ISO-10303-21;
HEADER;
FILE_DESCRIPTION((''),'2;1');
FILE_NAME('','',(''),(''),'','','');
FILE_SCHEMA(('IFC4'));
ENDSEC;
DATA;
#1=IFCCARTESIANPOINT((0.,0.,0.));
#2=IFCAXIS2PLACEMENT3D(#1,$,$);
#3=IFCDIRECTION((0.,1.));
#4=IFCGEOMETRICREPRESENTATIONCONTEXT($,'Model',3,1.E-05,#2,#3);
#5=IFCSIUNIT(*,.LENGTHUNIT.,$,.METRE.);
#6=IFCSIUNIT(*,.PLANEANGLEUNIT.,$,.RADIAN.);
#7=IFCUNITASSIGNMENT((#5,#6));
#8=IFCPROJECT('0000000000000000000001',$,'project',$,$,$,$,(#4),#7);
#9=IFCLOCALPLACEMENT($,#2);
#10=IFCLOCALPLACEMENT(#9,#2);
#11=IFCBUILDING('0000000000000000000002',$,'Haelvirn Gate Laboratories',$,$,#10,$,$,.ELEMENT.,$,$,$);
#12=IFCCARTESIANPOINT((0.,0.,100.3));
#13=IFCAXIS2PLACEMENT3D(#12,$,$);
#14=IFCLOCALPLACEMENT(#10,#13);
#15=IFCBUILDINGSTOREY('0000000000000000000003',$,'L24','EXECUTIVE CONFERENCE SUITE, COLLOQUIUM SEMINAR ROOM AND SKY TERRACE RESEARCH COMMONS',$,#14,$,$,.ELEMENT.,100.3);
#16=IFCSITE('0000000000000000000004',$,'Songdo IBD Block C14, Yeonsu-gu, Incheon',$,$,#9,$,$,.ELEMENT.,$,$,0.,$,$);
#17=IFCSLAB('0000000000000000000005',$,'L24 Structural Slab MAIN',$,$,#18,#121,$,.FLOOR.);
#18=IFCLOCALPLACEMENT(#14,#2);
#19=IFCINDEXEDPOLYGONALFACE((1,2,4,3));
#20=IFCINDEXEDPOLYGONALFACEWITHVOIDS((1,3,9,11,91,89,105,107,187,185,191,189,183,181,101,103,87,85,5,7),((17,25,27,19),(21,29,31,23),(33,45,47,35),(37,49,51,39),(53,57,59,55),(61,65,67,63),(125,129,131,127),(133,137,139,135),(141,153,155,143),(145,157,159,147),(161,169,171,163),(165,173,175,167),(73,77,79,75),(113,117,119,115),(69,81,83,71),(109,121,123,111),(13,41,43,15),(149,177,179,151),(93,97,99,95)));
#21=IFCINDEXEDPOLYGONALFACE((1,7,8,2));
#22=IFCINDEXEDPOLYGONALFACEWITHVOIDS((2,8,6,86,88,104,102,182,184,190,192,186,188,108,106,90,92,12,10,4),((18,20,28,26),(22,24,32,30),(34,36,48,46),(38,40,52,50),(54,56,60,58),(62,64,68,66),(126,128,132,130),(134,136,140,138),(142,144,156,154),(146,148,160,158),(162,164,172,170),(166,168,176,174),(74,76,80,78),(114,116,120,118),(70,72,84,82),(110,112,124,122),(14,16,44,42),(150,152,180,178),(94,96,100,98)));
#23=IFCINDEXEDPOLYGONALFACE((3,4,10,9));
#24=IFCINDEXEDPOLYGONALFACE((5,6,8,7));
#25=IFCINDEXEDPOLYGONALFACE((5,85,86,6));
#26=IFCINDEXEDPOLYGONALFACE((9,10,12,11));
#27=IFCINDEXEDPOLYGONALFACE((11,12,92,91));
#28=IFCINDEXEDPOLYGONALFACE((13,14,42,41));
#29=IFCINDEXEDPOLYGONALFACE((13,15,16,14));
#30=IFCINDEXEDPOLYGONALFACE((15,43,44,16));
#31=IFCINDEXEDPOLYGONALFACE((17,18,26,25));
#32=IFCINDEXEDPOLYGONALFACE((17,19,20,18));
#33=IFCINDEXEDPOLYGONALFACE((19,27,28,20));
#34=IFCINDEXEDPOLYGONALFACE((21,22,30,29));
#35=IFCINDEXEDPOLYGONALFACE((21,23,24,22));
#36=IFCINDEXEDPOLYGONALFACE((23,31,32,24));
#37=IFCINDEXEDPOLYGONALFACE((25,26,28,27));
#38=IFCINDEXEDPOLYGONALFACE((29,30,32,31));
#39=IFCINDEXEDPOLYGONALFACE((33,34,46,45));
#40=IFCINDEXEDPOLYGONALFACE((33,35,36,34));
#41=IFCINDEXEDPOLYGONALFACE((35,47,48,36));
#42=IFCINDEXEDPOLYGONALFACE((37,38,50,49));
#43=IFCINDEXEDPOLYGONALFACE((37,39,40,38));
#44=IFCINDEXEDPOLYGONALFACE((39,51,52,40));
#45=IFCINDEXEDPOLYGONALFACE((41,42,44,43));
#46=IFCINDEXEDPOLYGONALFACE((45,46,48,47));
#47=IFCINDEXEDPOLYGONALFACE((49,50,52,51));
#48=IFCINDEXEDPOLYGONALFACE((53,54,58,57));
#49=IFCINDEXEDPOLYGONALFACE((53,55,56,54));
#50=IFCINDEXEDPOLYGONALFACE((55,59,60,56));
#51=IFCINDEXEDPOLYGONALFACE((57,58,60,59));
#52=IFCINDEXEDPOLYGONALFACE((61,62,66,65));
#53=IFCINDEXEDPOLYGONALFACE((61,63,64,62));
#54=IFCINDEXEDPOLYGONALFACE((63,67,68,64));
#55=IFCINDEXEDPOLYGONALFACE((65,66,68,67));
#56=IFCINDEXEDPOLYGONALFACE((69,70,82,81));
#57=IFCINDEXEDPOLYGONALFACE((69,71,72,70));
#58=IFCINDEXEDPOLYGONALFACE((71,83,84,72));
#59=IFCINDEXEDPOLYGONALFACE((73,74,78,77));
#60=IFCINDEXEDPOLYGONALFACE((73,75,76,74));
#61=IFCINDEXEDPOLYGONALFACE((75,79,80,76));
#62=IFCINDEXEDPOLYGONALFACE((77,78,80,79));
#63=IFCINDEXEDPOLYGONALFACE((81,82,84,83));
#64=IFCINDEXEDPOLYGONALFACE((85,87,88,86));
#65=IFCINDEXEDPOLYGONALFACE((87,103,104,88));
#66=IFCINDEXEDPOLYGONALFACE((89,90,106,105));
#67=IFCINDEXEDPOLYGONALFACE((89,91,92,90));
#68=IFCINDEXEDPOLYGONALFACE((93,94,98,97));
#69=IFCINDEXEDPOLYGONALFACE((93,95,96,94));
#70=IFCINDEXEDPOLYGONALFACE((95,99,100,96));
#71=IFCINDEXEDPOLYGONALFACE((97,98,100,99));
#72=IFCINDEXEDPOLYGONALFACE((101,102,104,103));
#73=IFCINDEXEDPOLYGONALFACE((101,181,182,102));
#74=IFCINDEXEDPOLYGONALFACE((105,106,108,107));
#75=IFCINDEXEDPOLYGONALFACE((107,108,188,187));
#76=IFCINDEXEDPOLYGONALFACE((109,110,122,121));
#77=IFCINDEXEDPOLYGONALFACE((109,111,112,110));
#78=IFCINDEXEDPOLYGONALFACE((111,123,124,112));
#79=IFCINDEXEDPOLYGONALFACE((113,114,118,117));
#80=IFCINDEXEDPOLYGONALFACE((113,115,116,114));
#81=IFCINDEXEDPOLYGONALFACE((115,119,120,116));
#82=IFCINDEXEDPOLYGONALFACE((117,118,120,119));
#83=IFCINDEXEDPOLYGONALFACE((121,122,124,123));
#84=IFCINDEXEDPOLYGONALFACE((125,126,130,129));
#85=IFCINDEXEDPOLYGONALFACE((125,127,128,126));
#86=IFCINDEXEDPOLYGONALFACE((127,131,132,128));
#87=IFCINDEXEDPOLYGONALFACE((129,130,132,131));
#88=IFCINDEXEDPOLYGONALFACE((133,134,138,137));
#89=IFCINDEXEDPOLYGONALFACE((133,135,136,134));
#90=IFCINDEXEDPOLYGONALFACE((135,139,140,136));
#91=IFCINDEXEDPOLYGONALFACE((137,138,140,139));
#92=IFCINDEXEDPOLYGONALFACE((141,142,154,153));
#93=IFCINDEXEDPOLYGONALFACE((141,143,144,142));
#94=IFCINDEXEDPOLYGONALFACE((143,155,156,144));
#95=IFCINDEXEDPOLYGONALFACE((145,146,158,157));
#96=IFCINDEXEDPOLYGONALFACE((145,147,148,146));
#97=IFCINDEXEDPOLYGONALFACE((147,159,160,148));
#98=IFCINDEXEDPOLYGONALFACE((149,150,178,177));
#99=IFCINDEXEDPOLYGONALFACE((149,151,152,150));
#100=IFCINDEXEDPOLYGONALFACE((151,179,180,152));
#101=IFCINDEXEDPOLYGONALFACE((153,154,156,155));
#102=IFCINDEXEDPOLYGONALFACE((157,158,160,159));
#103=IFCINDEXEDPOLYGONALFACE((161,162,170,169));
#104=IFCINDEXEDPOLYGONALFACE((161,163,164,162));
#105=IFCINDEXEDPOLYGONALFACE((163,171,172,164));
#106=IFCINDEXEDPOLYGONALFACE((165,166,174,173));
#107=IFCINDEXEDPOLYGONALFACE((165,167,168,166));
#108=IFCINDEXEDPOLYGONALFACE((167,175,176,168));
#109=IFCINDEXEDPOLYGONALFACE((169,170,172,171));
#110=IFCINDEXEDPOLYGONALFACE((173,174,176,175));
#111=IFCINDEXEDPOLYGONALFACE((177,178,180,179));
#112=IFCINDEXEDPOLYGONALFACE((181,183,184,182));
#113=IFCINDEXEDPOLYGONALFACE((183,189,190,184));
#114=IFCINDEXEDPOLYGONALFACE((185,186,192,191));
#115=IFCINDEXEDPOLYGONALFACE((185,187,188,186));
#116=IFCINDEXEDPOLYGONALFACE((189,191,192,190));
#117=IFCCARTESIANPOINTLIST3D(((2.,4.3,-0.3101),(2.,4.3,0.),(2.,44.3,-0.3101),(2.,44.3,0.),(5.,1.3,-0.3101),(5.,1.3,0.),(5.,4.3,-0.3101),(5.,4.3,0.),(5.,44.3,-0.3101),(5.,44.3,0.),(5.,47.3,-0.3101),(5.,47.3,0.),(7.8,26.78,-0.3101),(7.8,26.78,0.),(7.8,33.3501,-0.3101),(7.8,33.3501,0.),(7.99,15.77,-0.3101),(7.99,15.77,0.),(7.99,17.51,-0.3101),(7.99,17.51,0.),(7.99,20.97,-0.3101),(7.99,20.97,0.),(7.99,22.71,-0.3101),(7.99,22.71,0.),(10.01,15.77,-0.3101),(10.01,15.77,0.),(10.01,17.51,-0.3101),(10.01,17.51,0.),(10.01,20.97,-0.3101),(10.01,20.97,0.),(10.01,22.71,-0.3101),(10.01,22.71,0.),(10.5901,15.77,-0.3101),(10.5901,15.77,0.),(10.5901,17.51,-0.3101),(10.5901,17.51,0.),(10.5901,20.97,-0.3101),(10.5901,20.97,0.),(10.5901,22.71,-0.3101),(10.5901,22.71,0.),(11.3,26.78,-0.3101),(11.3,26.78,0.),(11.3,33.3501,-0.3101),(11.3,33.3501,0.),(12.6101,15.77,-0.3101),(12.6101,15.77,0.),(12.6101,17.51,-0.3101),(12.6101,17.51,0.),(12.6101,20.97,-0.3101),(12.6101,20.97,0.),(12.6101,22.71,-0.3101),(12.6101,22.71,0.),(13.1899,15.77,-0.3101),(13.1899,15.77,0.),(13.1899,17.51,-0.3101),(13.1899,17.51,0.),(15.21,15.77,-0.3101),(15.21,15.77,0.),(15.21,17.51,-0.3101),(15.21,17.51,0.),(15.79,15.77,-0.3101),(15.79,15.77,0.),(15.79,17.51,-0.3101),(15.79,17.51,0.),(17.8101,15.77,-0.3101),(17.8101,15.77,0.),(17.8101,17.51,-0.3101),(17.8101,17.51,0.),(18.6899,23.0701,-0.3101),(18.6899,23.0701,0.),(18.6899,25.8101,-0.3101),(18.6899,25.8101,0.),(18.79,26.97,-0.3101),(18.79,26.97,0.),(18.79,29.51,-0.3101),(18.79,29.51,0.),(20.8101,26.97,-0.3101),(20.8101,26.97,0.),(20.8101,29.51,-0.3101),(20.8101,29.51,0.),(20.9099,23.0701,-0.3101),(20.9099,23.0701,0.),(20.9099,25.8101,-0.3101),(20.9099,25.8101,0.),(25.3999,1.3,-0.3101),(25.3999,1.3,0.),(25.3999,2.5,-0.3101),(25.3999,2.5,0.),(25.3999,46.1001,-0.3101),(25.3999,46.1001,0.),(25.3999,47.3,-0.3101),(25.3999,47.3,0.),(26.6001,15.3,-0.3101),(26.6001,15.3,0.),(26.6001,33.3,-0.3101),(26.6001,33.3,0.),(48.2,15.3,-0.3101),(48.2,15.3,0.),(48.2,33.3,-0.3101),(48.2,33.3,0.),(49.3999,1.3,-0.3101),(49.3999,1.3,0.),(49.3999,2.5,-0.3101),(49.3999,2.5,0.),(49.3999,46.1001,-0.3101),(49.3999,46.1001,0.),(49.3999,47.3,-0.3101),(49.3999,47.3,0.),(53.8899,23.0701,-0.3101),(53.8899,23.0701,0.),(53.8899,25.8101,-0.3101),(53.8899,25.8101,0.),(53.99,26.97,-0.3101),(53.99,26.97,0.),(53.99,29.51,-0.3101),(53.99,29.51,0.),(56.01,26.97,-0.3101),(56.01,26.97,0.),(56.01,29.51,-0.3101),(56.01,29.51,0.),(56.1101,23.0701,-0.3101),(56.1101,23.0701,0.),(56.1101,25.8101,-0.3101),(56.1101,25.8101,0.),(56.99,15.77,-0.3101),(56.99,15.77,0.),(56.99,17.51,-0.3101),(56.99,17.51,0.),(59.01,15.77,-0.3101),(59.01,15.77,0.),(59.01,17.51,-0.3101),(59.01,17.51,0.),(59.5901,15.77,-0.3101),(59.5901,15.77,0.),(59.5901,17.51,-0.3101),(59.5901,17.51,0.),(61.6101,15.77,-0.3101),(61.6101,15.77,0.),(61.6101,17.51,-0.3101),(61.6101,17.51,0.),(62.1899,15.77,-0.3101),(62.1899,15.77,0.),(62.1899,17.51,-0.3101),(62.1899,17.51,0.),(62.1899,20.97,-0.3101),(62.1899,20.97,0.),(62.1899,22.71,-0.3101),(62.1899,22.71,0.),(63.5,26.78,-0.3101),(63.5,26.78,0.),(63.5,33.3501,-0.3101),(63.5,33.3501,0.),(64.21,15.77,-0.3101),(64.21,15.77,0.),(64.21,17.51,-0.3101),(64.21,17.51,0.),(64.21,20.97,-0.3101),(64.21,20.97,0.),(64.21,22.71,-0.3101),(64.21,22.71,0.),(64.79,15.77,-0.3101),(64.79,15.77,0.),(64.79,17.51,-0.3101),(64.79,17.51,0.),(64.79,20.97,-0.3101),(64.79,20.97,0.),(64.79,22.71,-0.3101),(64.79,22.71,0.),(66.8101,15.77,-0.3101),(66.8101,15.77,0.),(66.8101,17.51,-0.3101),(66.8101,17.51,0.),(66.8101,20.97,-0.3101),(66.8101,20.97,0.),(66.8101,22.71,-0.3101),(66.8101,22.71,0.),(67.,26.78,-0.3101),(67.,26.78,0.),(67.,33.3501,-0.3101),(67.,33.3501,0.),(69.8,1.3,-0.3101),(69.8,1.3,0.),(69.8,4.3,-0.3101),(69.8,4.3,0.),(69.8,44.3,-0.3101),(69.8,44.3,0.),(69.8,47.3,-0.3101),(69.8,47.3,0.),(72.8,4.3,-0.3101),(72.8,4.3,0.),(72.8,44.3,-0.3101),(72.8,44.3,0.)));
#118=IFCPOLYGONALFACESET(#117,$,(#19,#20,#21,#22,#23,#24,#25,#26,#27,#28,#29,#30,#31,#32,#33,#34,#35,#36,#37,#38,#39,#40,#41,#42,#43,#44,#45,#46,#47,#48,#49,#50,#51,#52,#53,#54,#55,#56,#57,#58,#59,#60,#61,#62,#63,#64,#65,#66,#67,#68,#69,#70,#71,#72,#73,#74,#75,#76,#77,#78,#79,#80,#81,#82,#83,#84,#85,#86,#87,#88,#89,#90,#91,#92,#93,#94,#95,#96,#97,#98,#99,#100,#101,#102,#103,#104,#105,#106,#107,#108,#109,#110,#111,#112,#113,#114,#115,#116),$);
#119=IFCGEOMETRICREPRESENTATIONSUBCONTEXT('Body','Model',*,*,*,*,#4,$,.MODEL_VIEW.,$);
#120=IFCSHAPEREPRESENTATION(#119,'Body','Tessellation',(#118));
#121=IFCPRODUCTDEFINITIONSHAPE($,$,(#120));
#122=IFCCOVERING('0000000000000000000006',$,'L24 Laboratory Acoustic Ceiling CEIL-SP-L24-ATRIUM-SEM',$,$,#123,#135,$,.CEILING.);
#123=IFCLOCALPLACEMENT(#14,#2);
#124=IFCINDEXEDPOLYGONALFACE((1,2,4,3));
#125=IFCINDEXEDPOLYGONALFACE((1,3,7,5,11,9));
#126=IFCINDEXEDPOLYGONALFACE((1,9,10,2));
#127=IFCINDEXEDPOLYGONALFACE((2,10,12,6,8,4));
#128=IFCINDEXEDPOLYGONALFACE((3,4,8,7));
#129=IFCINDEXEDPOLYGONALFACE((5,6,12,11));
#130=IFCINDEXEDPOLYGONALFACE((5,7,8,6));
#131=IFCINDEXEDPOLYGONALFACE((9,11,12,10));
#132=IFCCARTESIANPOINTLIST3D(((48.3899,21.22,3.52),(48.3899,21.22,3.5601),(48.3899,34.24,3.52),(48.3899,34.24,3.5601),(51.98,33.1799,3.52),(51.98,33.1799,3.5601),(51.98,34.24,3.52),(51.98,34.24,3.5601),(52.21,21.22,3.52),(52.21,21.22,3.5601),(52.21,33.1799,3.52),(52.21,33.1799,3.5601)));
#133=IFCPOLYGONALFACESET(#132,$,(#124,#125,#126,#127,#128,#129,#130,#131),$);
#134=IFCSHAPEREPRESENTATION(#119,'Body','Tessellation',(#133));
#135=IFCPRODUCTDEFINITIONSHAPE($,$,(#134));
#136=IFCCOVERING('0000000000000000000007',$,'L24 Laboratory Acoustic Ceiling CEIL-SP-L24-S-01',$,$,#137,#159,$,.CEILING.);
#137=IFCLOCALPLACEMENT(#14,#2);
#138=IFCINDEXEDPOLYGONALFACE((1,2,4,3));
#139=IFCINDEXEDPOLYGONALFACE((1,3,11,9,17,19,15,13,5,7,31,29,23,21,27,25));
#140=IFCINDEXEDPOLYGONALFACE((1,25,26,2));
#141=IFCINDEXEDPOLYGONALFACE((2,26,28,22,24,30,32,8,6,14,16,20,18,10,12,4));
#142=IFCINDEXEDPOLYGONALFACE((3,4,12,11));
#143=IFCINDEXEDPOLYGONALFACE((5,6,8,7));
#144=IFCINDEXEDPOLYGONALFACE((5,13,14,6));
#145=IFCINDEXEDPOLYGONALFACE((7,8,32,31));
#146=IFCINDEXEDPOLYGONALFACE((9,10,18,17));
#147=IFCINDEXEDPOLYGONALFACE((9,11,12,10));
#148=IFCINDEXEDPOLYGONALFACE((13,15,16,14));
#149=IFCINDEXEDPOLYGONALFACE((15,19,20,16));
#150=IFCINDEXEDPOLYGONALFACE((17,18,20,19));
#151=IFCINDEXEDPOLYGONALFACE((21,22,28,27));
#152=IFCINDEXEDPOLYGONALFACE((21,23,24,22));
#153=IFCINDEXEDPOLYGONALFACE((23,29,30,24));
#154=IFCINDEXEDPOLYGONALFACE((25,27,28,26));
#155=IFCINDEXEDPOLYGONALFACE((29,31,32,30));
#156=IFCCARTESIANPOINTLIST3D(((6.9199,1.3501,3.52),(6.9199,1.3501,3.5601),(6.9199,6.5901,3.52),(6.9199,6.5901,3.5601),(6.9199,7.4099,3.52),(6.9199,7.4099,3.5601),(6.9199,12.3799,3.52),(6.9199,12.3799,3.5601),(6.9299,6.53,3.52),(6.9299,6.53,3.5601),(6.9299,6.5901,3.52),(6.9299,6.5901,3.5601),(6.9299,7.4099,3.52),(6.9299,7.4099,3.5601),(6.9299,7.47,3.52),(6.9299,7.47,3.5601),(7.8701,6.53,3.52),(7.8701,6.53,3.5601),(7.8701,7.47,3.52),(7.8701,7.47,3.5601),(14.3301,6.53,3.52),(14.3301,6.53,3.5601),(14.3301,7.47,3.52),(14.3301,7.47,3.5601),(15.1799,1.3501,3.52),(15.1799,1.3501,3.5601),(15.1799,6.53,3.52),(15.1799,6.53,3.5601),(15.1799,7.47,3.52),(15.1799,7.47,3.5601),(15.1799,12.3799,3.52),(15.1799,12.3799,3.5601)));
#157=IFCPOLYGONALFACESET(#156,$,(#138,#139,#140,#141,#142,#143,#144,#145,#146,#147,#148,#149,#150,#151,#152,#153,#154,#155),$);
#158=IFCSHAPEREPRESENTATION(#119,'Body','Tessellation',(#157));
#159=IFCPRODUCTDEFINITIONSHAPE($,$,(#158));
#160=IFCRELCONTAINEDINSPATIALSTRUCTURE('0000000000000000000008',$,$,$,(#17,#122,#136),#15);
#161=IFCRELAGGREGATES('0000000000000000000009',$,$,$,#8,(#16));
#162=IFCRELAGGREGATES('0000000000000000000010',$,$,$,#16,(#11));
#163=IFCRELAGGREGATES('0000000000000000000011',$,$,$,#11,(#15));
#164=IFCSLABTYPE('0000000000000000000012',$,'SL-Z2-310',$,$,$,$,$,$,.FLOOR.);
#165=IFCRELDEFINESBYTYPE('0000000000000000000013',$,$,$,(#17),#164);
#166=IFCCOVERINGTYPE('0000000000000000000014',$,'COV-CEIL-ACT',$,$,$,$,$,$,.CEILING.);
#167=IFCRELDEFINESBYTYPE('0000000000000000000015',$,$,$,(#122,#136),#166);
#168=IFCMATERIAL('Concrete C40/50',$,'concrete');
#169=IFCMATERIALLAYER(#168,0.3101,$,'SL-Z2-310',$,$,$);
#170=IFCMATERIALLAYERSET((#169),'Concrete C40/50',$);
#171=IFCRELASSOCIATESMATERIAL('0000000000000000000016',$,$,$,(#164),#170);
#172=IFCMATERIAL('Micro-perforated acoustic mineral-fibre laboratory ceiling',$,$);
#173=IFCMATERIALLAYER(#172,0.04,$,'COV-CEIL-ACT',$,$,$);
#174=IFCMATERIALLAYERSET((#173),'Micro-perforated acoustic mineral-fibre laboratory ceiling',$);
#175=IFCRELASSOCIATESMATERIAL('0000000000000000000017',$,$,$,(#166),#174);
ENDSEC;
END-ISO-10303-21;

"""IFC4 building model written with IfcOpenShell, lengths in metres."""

from ifc_helpers import new_model, si_unit, direction, frame, origin, place, context, subcontext, project, spatial, polyline, outline, extrude, material, layer, layer_set, type_object, element, save


model = new_model("IFC4")

# Units and contexts
model_context = context("Model", 3, precision=1e-05, world=origin(), true_north=direction((0.0, 1.0)))
body_context = subcontext(model_context, "Body", "Model", "MODEL_VIEW")
ifc_project = project(units=[si_unit("LENGTHUNIT", "METRE"), si_unit("PLANEANGLEUNIT", "RADIAN")], contexts=[model_context])

# Site, building, storey
site_placement = place(None, origin())
site = spatial("IfcSite", under=ifc_project, at=site_placement, Name="Songdo IBD Block C14, Yeonsu-gu, Incheon", CompositionType="ELEMENT", RefElevation=0.0)
building_placement = place(site_placement, origin())
building = spatial("IfcBuilding", under=site, at=building_placement, Name="Haelvirn Gate Laboratories", CompositionType="ELEMENT")
storey_placement = place(building_placement, frame((0.0, 0.0, 100.3)))
storey = spatial("IfcBuildingStorey", under=building, at=storey_placement, Name="L24", Description="EXECUTIVE CONFERENCE SUITE, COLLOQUIUM SEMINAR ROOM AND SKY TERRACE RESEARCH COMMONS", CompositionType="ELEMENT", Elevation=100.3)

# Slab
ifc_material_1 = material(Name="Concrete C40/50", Category="concrete")
ifc_layer_1 = layer(ifc_material_1, 0.3101, Name="SL-Z2-310")
ifc_layer_set_1 = layer_set([ifc_layer_1], Name="Concrete C40/50")
slab_type_1 = type_object("IfcSlabType", Name="SL-Z2-310", PredefinedType="FLOOR", material=ifc_layer_set_1)
slab_1_placement = place(storey_placement, frame((0.0, 0.0, -0.3101)))
element("IfcSlab", 1, at=slab_1_placement, inside=storey, type_object=slab_type_1, Name="L24 Structural Slab MAIN", PredefinedType="FLOOR", context=body_context, shape_type="SweptSolid", body=[
    extrude(outline(polyline([(5.0, 1.3), (25.3999, 1.3), (25.3999, 2.5), (49.3999, 2.5), (49.3999, 1.3), (69.8, 1.3), (69.8, 4.3), (72.8, 4.3), (72.8, 44.3), (69.8, 44.3), (69.8, 47.3), (49.3999, 47.3), (49.3999, 46.1001), (25.3999, 46.1001), (25.3999, 47.3), (5.0, 47.3), (5.0, 44.3), (2.0, 44.3), (2.0, 4.3), (5.0, 4.3), (5.0, 1.3)]), holes=[polyline([(26.6001, 15.3), (48.2, 15.3), (48.2, 33.3), (26.6001, 33.3), (26.6001, 15.3)]), polyline([(11.3, 26.78), (11.3, 33.3501), (7.8, 33.3501), (7.8, 26.78), (11.3, 26.78)]), polyline([(67.0, 26.78), (67.0, 33.3501), (63.5, 33.3501), (63.5, 26.78), (67.0, 26.78)]), polyline([(7.99, 15.77), (10.01, 15.77), (10.01, 17.51), (7.99, 17.51), (7.99, 15.77)]), polyline([(10.5901, 15.77), (12.6101, 15.77), (12.6101, 17.51), (10.5901, 17.51), (10.5901, 15.77)]), polyline([(13.1899, 15.77), (15.21, 15.77), (15.21, 17.51), (13.1899, 17.51), (13.1899, 15.77)]), polyline([(15.79, 15.77), (17.8101, 15.77), (17.8101, 17.51), (15.79, 17.51), (15.79, 15.77)]), polyline([(7.99, 20.97), (10.01, 20.97), (10.01, 22.71), (7.99, 22.71), (7.99, 20.97)]), polyline([(10.5901, 20.97), (12.6101, 20.97), (12.6101, 22.71), (10.5901, 22.71), (10.5901, 20.97)]), polyline([(18.79, 26.97), (20.8101, 26.97), (20.8101, 29.51), (18.79, 29.51), (18.79, 26.97)]), polyline([(18.6899, 23.0701), (20.9099, 23.0701), (20.9099, 25.8101), (18.6899, 25.8101), (18.6899, 23.0701)]), polyline([(64.79, 15.77), (66.8101, 15.77), (66.8101, 17.51), (64.79, 17.51), (64.79, 15.77)]), polyline([(62.1899, 15.77), (64.21, 15.77), (64.21, 17.51), (62.1899, 17.51), (62.1899, 15.77)]), polyline([(59.5901, 15.77), (61.6101, 15.77), (61.6101, 17.51), (59.5901, 17.51), (59.5901, 15.77)]), polyline([(56.99, 15.77), (59.01, 15.77), (59.01, 17.51), (56.99, 17.51), (56.99, 15.77)]), polyline([(64.79, 20.97), (66.8101, 20.97), (66.8101, 22.71), (64.79, 22.71), (64.79, 20.97)]), polyline([(62.1899, 20.97), (64.21, 20.97), (64.21, 22.71), (62.1899, 22.71), (62.1899, 20.97)]), polyline([(53.99, 26.97), (56.01, 26.97), (56.01, 29.51), (53.99, 29.51), (53.99, 26.97)]), polyline([(53.8899, 23.0701), (56.1101, 23.0701), (56.1101, 25.8101), (53.8899, 25.8101), (53.8899, 23.0701)])]), origin(), (0.0, 0.0, 1.0), 0.3101),
])

# Coverings
ifc_material_2 = material(Name="Micro-perforated acoustic mineral-fibre laboratory ceiling")
ifc_layer_2 = layer(ifc_material_2, 0.04, Name="COV-CEIL-ACT")
ifc_layer_set_2 = layer_set([ifc_layer_2], Name="Micro-perforated acoustic mineral-fibre laboratory ceiling")
covering_type_1 = type_object("IfcCoveringType", Name="COV-CEIL-ACT", PredefinedType="CEILING", material=ifc_layer_set_2)
covering_1_placement = place(storey_placement, frame((0.0, 0.0, 3.52)))
element("IfcCovering", 2, at=covering_1_placement, inside=storey, type_object=covering_type_1, Name="L24 Laboratory Acoustic Ceiling CEIL-SP-L24-ATRIUM-SEM", PredefinedType="CEILING", context=body_context, shape_type="SweptSolid", body=[
    extrude(outline(polyline([(52.21, 21.22), (48.3899, 21.22), (48.3899, 34.24), (51.98, 34.24), (51.98, 33.1799), (52.21, 33.1799), (52.21, 21.22)])), origin(), (0.0, 0.0, 1.0), 0.04),
])
covering_2_placement = place(storey_placement, frame((0.0, 0.0, 3.52)))
element("IfcCovering", 3, at=covering_2_placement, inside=storey, type_object=covering_type_1, Name="L24 Laboratory Acoustic Ceiling CEIL-SP-L24-S-01", PredefinedType="CEILING", context=body_context, shape_type="SweptSolid", body=[
    extrude(outline(polyline([(6.9199, 1.3501), (6.9199, 6.5901), (6.9299, 6.5901), (6.9299, 6.53), (7.8701, 6.53), (7.8701, 7.47), (6.9299, 7.47), (6.9299, 7.4099), (6.9199, 7.4099), (6.9199, 12.3799), (15.1799, 12.3799), (15.1799, 7.47), (14.3301, 7.47), (14.3301, 6.53), (15.1799, 6.53), (15.1799, 1.3501), (6.9199, 1.3501)])), origin(), (0.0, 0.0, 1.0), 0.04),
])

save(model, "model.ifc")
